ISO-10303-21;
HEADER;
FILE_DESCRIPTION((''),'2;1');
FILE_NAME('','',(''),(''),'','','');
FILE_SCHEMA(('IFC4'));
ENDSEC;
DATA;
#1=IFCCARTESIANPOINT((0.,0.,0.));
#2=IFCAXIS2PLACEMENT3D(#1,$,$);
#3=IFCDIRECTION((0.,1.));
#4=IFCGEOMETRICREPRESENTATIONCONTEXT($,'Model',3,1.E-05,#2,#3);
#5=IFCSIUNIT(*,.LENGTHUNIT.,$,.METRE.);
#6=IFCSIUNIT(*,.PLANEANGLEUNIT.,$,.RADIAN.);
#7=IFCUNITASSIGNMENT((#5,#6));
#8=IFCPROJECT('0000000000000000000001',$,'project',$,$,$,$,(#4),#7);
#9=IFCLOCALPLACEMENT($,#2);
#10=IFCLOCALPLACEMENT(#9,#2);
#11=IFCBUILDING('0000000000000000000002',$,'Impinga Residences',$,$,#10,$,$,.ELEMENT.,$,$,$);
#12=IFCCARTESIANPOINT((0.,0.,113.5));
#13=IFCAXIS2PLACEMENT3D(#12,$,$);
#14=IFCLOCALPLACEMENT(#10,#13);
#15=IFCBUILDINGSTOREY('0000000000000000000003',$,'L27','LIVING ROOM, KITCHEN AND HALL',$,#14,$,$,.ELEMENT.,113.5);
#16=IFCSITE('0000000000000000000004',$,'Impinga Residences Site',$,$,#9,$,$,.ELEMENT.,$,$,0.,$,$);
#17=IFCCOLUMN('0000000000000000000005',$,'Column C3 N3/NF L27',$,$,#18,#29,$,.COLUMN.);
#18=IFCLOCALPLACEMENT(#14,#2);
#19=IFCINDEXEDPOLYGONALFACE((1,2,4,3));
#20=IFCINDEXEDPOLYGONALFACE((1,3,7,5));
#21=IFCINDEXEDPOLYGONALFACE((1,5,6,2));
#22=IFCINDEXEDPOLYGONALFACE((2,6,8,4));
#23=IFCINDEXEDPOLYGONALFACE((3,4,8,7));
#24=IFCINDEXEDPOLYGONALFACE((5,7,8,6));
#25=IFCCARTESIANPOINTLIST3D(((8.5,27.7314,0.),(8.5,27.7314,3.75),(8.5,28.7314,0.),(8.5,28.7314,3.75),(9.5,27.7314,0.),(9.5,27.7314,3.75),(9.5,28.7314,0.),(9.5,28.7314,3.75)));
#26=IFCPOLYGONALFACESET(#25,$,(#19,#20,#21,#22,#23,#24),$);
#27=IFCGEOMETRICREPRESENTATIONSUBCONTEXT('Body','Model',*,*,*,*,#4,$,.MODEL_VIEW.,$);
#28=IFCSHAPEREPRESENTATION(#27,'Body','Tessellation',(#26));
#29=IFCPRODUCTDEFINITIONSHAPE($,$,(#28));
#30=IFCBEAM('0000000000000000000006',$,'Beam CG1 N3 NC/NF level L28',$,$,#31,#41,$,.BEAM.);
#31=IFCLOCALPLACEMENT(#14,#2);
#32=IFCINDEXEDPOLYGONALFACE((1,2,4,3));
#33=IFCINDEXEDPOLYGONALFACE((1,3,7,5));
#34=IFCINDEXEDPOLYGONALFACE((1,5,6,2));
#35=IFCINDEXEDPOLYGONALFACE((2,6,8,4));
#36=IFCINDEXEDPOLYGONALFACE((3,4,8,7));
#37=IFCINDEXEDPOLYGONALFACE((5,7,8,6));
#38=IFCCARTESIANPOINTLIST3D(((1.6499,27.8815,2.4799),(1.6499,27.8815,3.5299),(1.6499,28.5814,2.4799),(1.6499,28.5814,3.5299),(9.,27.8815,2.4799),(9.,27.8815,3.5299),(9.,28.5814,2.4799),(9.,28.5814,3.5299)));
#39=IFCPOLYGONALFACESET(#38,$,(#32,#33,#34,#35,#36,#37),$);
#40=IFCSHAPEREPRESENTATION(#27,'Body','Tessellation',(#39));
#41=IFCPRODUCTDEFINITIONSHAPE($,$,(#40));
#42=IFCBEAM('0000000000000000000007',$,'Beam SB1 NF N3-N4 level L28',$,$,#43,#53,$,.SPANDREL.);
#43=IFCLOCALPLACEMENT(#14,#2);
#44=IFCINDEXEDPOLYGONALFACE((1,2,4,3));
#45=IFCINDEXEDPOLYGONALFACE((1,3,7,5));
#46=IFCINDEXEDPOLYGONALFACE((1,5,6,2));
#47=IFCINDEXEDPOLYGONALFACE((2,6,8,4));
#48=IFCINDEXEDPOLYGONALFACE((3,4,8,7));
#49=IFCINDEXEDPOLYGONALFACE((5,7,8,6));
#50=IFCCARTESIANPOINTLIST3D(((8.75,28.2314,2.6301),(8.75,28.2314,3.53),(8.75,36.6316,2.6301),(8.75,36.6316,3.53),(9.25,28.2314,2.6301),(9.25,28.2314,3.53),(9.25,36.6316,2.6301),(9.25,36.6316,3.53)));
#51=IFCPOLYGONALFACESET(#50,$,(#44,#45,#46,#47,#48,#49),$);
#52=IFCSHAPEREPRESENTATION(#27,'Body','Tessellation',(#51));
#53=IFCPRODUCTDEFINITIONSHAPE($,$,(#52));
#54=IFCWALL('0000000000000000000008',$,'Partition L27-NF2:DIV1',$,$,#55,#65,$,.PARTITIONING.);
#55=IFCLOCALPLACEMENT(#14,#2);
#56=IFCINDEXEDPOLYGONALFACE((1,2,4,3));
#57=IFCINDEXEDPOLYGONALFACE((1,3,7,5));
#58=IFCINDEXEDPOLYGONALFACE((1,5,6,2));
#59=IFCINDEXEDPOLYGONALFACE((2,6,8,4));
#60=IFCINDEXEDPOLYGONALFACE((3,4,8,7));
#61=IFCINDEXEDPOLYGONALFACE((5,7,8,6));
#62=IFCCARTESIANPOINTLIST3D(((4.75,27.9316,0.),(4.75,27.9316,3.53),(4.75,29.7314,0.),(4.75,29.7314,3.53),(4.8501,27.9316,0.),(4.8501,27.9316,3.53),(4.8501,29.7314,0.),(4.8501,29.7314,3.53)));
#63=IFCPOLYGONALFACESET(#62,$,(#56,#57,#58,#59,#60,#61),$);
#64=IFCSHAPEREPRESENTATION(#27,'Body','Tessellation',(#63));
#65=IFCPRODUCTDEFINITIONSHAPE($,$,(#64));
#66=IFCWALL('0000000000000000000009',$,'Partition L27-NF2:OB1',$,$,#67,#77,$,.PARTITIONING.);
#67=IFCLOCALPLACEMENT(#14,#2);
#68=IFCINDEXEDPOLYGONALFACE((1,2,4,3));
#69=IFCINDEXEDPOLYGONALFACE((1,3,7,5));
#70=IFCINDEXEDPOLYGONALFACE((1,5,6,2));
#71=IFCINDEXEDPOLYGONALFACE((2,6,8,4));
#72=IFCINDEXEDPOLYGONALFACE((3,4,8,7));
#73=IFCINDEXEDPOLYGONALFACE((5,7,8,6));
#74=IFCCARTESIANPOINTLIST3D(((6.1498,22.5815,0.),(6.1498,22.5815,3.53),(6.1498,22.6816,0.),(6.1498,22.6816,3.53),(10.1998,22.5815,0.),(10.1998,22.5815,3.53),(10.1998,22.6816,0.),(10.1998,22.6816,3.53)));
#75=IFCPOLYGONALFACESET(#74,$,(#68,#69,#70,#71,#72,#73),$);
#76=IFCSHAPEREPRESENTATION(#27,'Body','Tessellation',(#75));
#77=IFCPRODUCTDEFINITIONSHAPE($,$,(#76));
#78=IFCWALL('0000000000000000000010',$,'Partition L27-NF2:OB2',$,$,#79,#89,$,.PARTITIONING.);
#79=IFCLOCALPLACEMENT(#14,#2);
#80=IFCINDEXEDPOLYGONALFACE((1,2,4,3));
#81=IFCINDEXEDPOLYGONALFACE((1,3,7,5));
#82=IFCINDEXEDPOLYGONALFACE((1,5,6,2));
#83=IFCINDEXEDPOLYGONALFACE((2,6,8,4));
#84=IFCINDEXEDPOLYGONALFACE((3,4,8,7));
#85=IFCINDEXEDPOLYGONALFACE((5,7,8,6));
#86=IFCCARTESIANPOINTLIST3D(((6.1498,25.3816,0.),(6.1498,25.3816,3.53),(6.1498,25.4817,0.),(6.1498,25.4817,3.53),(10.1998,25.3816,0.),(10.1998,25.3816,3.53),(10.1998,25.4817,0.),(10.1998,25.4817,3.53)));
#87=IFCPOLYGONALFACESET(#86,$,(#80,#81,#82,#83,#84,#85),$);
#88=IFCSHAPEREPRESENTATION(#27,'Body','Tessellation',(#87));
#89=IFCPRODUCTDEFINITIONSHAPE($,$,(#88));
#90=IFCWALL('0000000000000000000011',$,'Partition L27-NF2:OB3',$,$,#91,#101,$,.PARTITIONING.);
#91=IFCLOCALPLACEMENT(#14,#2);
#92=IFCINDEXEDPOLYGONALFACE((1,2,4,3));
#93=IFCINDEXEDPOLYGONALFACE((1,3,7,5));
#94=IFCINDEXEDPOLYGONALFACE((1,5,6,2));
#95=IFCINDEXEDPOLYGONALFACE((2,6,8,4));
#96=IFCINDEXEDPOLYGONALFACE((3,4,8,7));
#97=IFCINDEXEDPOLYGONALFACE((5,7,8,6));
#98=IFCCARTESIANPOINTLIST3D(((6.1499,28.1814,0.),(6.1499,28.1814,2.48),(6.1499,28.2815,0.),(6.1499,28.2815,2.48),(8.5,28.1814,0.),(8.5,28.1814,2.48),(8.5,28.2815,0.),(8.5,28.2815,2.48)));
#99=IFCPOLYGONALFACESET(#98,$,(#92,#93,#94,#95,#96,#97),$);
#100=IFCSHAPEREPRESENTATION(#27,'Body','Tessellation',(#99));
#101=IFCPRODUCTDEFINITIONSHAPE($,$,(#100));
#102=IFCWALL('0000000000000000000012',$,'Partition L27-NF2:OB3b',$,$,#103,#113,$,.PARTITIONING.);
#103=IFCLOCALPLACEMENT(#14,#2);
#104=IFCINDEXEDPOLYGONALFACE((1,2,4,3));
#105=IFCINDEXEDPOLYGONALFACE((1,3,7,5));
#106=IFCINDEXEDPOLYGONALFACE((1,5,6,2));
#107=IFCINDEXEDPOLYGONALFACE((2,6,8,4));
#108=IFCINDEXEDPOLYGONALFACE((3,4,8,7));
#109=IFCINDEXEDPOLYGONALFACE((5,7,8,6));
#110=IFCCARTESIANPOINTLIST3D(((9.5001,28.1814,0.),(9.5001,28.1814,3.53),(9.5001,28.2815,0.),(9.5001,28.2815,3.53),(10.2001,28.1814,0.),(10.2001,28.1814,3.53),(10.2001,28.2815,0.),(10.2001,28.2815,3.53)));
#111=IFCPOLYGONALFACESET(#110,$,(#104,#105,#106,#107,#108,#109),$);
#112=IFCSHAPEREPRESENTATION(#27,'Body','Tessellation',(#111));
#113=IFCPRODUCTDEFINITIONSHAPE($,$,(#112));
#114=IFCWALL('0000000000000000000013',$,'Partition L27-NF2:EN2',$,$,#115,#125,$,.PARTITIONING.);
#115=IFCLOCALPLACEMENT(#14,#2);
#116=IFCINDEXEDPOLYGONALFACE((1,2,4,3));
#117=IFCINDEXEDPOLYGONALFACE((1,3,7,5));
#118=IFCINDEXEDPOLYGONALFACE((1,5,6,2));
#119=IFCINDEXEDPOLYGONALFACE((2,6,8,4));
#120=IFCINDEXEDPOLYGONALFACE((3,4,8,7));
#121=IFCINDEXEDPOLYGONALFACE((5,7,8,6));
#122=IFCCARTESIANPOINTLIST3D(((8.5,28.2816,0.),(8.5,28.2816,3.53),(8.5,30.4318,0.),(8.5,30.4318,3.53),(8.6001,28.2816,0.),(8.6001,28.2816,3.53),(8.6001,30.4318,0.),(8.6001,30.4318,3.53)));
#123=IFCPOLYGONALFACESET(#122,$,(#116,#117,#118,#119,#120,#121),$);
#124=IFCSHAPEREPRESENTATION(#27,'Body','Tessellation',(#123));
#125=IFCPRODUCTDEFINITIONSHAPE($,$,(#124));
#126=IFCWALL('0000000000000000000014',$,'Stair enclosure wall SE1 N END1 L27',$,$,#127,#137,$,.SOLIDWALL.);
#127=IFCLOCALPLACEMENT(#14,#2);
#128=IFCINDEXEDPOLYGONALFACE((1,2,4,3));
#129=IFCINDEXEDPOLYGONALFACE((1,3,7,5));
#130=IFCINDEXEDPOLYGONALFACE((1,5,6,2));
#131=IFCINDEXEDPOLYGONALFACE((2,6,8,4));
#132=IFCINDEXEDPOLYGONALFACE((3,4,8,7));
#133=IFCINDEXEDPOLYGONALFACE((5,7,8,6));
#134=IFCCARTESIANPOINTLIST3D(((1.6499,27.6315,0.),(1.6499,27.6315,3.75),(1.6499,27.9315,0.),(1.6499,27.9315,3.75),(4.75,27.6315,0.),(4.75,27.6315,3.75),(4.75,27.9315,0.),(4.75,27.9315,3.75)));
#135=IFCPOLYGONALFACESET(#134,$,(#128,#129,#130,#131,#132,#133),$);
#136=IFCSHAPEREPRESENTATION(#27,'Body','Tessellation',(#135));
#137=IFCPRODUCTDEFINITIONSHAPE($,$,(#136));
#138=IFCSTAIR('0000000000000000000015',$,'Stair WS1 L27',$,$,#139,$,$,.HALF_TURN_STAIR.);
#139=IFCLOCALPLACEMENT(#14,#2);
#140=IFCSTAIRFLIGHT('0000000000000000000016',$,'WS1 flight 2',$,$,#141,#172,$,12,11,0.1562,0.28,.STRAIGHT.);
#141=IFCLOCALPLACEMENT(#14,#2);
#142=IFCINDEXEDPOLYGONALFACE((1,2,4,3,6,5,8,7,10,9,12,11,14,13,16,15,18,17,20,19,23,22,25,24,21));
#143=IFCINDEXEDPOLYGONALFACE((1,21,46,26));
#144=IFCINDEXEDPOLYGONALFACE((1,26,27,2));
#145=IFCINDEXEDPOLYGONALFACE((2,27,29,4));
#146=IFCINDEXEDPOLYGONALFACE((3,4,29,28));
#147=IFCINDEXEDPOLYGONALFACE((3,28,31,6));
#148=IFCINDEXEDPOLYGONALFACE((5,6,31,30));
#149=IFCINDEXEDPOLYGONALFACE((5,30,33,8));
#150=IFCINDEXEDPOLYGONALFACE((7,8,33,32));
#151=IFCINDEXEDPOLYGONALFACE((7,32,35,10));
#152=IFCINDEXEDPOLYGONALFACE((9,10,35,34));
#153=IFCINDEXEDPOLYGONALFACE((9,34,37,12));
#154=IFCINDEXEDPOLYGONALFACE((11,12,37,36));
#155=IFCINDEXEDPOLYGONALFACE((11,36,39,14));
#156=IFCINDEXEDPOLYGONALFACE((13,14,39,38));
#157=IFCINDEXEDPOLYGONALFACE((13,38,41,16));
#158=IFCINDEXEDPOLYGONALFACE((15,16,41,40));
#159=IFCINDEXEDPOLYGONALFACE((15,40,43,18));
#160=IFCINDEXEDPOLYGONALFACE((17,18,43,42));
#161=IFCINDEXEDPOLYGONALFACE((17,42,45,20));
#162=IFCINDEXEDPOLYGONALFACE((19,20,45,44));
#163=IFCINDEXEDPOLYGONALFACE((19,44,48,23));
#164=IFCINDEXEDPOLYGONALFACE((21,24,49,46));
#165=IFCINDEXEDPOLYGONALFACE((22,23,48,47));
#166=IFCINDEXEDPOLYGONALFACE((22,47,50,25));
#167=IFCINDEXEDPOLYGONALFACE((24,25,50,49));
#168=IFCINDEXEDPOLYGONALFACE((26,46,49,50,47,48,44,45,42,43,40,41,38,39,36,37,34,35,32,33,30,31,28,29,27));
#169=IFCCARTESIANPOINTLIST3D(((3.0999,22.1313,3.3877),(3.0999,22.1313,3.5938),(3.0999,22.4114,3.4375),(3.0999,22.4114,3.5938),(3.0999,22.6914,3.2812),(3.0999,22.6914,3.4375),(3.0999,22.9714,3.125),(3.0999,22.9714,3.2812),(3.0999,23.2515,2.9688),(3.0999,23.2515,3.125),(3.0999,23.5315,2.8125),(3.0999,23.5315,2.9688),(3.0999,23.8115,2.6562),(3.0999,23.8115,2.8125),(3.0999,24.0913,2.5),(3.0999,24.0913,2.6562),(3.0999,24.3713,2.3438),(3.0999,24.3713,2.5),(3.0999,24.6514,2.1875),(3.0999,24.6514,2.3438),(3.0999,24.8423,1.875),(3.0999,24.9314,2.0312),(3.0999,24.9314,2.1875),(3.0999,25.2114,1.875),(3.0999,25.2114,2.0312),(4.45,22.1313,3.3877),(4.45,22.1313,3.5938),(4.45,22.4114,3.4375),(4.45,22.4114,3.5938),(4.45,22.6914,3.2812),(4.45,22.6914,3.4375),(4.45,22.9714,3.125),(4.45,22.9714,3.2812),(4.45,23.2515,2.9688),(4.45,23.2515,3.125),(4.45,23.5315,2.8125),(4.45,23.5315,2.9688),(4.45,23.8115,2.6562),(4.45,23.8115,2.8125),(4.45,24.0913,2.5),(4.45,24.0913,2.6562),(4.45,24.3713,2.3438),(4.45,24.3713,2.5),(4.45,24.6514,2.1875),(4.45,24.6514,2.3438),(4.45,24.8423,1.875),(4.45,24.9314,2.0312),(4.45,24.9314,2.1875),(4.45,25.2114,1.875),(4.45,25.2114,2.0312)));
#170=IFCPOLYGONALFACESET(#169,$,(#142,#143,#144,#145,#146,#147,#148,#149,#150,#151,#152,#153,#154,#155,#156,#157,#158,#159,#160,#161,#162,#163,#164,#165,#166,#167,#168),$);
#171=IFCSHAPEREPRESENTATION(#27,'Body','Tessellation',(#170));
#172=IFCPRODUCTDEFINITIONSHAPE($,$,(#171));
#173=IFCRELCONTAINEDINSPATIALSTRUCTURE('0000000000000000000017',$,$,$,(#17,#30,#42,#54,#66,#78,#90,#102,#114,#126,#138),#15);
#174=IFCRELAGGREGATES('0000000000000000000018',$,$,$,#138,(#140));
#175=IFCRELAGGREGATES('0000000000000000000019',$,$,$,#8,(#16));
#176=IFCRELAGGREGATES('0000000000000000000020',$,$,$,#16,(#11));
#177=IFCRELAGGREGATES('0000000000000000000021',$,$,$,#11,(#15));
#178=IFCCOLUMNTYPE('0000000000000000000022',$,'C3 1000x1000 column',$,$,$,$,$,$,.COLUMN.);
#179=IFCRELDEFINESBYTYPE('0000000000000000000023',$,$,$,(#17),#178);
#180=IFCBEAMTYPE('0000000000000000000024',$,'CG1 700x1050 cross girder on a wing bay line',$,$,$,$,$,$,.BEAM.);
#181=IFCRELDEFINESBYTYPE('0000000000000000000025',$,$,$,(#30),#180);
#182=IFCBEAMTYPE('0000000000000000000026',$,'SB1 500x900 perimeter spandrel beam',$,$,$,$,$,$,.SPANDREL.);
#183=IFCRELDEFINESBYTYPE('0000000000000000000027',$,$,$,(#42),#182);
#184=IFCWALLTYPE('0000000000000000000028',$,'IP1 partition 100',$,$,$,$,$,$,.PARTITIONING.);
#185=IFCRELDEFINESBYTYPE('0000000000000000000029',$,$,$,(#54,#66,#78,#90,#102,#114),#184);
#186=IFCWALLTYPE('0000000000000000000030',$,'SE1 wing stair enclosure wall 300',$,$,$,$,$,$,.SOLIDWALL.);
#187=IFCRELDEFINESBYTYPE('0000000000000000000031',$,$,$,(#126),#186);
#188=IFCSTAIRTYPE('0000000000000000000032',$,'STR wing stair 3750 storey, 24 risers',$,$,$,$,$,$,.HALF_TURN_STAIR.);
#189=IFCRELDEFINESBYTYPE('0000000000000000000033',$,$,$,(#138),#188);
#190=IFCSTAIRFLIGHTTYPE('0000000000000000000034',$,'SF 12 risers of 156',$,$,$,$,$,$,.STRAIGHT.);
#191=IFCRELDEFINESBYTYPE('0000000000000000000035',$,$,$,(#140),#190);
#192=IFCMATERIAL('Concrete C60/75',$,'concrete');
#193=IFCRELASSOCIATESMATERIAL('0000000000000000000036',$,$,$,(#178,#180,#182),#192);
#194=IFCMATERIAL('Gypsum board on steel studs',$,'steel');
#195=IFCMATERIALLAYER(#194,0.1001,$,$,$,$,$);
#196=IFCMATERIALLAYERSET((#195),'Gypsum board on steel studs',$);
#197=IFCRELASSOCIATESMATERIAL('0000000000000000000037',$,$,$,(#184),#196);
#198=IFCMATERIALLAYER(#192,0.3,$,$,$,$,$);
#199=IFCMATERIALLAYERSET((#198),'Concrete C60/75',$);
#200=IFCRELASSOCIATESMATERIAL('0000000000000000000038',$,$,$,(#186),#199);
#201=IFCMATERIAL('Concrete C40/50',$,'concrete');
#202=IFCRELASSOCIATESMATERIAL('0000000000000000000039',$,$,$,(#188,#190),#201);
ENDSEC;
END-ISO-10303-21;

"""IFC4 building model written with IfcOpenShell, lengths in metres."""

from ifc_helpers import new_model, si_unit, direction, frame, frame_2d, origin, origin_2d, place, context, subcontext, project, spatial, polyline, rectangle, outline, extrude, material, layer, layer_set, material_profile, profile_set, type_object, element, aggregate, save


model = new_model("IFC4")

# Units and contexts
model_context = context("Model", 3, precision=1e-05, world=origin(), true_north=direction((0.0, 1.0)))
body_context = subcontext(model_context, "Body", "Model", "MODEL_VIEW")
ifc_project = project(units=[si_unit("LENGTHUNIT", "METRE"), si_unit("PLANEANGLEUNIT", "RADIAN")], contexts=[model_context])

# Site, building, storey
site_placement = place(None, origin())
site = spatial("IfcSite", under=ifc_project, at=site_placement, Name="Impinga Residences Site", CompositionType="ELEMENT", RefElevation=0.0)
building_placement = place(site_placement, origin())
building = spatial("IfcBuilding", under=site, at=building_placement, Name="Impinga Residences", CompositionType="ELEMENT")
storey_placement = place(building_placement, frame((0.0, 0.0, 113.5)))
storey = spatial("IfcBuildingStorey", under=building, at=storey_placement, Name="L27", Description="LIVING ROOM, KITCHEN AND HALL", CompositionType="ELEMENT", Elevation=113.5)

# Column
ifc_material_1 = material(Name="Concrete C60/75", Category="concrete")
ifc_material_profile_1 = material_profile(ifc_material_1, rectangle(XDim=1.0, YDim=1.0, at=origin_2d()), Name="RC 1000x1000")
ifc_profile_set_1 = profile_set([ifc_material_profile_1], Name="Concrete C60/75")
column_type = type_object("IfcColumnType", Name="C3 1000x1000 column", PredefinedType="COLUMN", material=ifc_profile_set_1)
column_placement = place(storey_placement, frame((9.0, 28.2314, 0.0), z_axis=(0.0, 0.0, 1.0), x_axis=(1.0, 0.0, 0.0)))
element("IfcColumn", 1, at=column_placement, inside=storey, type_object=column_type, Name="Column C3 N3/NF L27", PredefinedType="COLUMN", context=body_context, shape_type="SweptSolid", body=[
    extrude(rectangle(XDim=1.0, YDim=1.0, at=origin_2d()), origin(), (0.0, 0.0, 1.0), 3.75),
])

# Beams
ifc_material_profile_2 = material_profile(ifc_material_1, rectangle(XDim=0.7, YDim=1.05, at=origin_2d()), Name="RC 700x1050")
ifc_profile_set_2 = profile_set([ifc_material_profile_2], Name="Concrete C60/75")
beam_type_1 = type_object("IfcBeamType", Name="CG1 700x1050 cross girder on a wing bay line", PredefinedType="BEAM", material=ifc_profile_set_2)
beam_1_placement = place(storey_placement, frame((1.6499, 28.2314, 3.0049), z_axis=(1.0, 0.0, 0.0), x_axis=(0.0, 1.0, 0.0)))
element("IfcBeam", 2, at=beam_1_placement, inside=storey, type_object=beam_type_1, Name="Beam CG1 N3 NC/NF level L28", PredefinedType="BEAM", context=body_context, shape_type="SweptSolid", body=[
    extrude(rectangle(XDim=0.7, YDim=1.05, at=origin_2d()), origin(), (0.0, 0.0, 1.0), 7.3501),
])
ifc_material_profile_3 = material_profile(ifc_material_1, rectangle(XDim=0.5, YDim=0.8999, at=origin_2d()), Name="RC 500x900")
ifc_profile_set_3 = profile_set([ifc_material_profile_3], Name="Concrete C60/75")
beam_type_2 = type_object("IfcBeamType", Name="SB1 500x900 perimeter spandrel beam", PredefinedType="SPANDREL", material=ifc_profile_set_3)
beam_2_placement = place(storey_placement, frame((9.0, 28.2314, 3.0801), z_axis=(0.0, 1.0, 0.0), x_axis=(-1.0, 0.0, 0.0)))
element("IfcBeam", 3, at=beam_2_placement, inside=storey, type_object=beam_type_2, Name="Beam SB1 NF N3-N4 level L28", PredefinedType="SPANDREL", context=body_context, shape_type="SweptSolid", body=[
    extrude(rectangle(XDim=0.5, YDim=0.8999, at=origin_2d()), origin(), (0.0, 0.0, 1.0), 8.4001),
])

# Walls
ifc_material_2 = material(Name="Gypsum board on steel studs", Category="steel")
ifc_layer_1 = layer(ifc_material_2, 0.1001)
ifc_layer_set_1 = layer_set([ifc_layer_1], Name="Gypsum board on steel studs")
wall_type_1 = type_object("IfcWallType", Name="IP1 partition 100", PredefinedType="PARTITIONING", material=ifc_layer_set_1)
wall_1_placement = place(storey_placement, frame((4.8, 27.9316, 0.0), z_axis=(0.0, 0.0, 1.0), x_axis=(0.0, 1.0, 0.0)))
element("IfcWall", 4, at=wall_1_placement, inside=storey, type_object=wall_type_1, Name="Partition L27-NF2:DIV1", PredefinedType="PARTITIONING", context=body_context, shape_type="SweptSolid", body=[
    extrude(rectangle(XDim=1.7998, YDim=0.1001, at=frame_2d((0.8999, 0.0))), origin(), (0.0, 0.0, 1.0), 3.53),
])
for number, where, z_axis, x_axis, name in (
    (5, (6.1499, 22.6316, 0.0), (0.0, 0.0, 1.0), (1.0, 0.0, 0.0), "Partition L27-NF2:OB1"),
    (6, (6.1499, 25.4316, 0.0), (0.0, 0.0, 1.0), (1.0, 0.0, 0.0), "Partition L27-NF2:OB2"),
):
    element("IfcWall", number, at=place(storey_placement, frame(where, z_axis=z_axis, x_axis=x_axis)), inside=storey, type_object=wall_type_1, Name=name, PredefinedType="PARTITIONING", context=body_context, shape_type="SweptSolid", body=[
        extrude(rectangle(XDim=4.05, YDim=0.1001, at=frame_2d((2.0249, 0.0))), origin(), (0.0, 0.0, 1.0), 3.53),
    ])
wall_2_placement = place(storey_placement, frame((6.1499, 28.2314, 0.0), z_axis=(0.0, 0.0, 1.0), x_axis=(1.0, 0.0, 0.0)))
element("IfcWall", 7, at=wall_2_placement, inside=storey, type_object=wall_type_1, Name="Partition L27-NF2:OB3", PredefinedType="PARTITIONING", context=body_context, shape_type="SweptSolid", body=[
    extrude(rectangle(XDim=2.3501, YDim=0.1001, at=frame_2d((1.175, 0.0))), origin(), (0.0, 0.0, 1.0), 2.48),
])
wall_3_placement = place(storey_placement, frame((9.5, 28.2314, 0.0), z_axis=(0.0, 0.0, 1.0), x_axis=(1.0, 0.0, 0.0)))
element("IfcWall", 8, at=wall_3_placement, inside=storey, type_object=wall_type_1, Name="Partition L27-NF2:OB3b", PredefinedType="PARTITIONING", context=body_context, shape_type="SweptSolid", body=[
    extrude(rectangle(XDim=0.7, YDim=0.1001, at=frame_2d((0.3501, 0.0))), origin(), (0.0, 0.0, 1.0), 3.53),
])
wall_4_placement = place(storey_placement, frame((8.55, 28.2815, 0.0), z_axis=(0.0, 0.0, 1.0), x_axis=(0.0, 1.0, 0.0)))
element("IfcWall", 9, at=wall_4_placement, inside=storey, type_object=wall_type_1, Name="Partition L27-NF2:EN2", PredefinedType="PARTITIONING", context=body_context, shape_type="SweptSolid", body=[
    extrude(rectangle(XDim=2.1501, YDim=0.1001, at=frame_2d((1.0752, 0.0))), origin(), (0.0, 0.0, 1.0), 3.53),
])
ifc_layer_2 = layer(ifc_material_1, 0.3)
ifc_layer_set_2 = layer_set([ifc_layer_2], Name="Concrete C60/75")
wall_type_2 = type_object("IfcWallType", Name="SE1 wing stair enclosure wall 300", PredefinedType="SOLIDWALL", material=ifc_layer_set_2)
wall_5_placement = place(storey_placement, frame((1.6499, 27.7815, 0.0), z_axis=(0.0, 0.0, 1.0), x_axis=(1.0, 0.0, 0.0)))
element("IfcWall", 10, at=wall_5_placement, inside=storey, type_object=wall_type_2, Name="Stair enclosure wall SE1 N END1 L27", PredefinedType="SOLIDWALL", context=body_context, shape_type="SweptSolid", body=[
    extrude(rectangle(XDim=3.1001, YDim=0.3, at=frame_2d((1.55, 0.0))), origin(), (0.0, 0.0, 1.0), 3.75),
])

# Stair, stair flight
ifc_material_3 = material(Name="Concrete C40/50", Category="concrete")
stair_type = type_object("IfcStairType", Name="STR wing stair 3750 storey, 24 risers", PredefinedType="HALF_TURN_STAIR", material=ifc_material_3)
stair_placement = place(storey_placement, origin())
stair = element("IfcStair", 11, at=stair_placement, inside=storey, type_object=stair_type, Name="Stair WS1 L27", PredefinedType="HALF_TURN_STAIR")
stair_flight_type = type_object("IfcStairFlightType", Name="SF 12 risers of 156", PredefinedType="STRAIGHT", material=ifc_material_3)
stair_flight_placement = place(storey_placement, frame((3.7749, 25.2114, 1.875), z_axis=(0.0, 0.0, 1.0), x_axis=(0.0, -1.0, 0.0)))
stair_flight = element("IfcStairFlight", 12, at=stair_flight_placement, type_object=stair_flight_type, Name="WS1 flight 2", NumberOfRisers=12, NumberOfTreads=11, PredefinedType="STRAIGHT", RiserHeight=0.1562, TreadLength=0.28, context=body_context, shape_type="SweptSolid", body=[
    extrude(outline(polyline([(0.0, 0.0), (0.0, 0.1562), (0.28, 0.1562), (0.28, 0.3125), (0.5601, 0.3125), (0.5601, 0.4688), (0.8401, 0.4688), (0.8401, 0.625), (1.1201, 0.625), (1.1201, 0.7812), (1.3999, 0.7812), (1.3999, 0.9375), (1.6799, 0.9375), (1.6799, 1.0938), (1.96, 1.0938), (1.96, 1.25), (2.24, 1.25), (2.24, 1.4062), (2.52, 1.4062), (2.52, 1.5625), (2.8, 1.5625), (2.8, 1.7188), (3.0801, 1.7188), (3.0801, 1.875), (3.0801, 1.5127), (0.3691, 0.0), (0.0, 0.0)])), frame((0.0, 0.675, 0.0), z_axis=(0.0, -1.0, 0.0), x_axis=(1.0, 0.0, 0.0)), (0.0, 0.0, 1.0), 1.3501),
])
aggregate(stair, [stair_flight])

save(model, "model.ifc")
